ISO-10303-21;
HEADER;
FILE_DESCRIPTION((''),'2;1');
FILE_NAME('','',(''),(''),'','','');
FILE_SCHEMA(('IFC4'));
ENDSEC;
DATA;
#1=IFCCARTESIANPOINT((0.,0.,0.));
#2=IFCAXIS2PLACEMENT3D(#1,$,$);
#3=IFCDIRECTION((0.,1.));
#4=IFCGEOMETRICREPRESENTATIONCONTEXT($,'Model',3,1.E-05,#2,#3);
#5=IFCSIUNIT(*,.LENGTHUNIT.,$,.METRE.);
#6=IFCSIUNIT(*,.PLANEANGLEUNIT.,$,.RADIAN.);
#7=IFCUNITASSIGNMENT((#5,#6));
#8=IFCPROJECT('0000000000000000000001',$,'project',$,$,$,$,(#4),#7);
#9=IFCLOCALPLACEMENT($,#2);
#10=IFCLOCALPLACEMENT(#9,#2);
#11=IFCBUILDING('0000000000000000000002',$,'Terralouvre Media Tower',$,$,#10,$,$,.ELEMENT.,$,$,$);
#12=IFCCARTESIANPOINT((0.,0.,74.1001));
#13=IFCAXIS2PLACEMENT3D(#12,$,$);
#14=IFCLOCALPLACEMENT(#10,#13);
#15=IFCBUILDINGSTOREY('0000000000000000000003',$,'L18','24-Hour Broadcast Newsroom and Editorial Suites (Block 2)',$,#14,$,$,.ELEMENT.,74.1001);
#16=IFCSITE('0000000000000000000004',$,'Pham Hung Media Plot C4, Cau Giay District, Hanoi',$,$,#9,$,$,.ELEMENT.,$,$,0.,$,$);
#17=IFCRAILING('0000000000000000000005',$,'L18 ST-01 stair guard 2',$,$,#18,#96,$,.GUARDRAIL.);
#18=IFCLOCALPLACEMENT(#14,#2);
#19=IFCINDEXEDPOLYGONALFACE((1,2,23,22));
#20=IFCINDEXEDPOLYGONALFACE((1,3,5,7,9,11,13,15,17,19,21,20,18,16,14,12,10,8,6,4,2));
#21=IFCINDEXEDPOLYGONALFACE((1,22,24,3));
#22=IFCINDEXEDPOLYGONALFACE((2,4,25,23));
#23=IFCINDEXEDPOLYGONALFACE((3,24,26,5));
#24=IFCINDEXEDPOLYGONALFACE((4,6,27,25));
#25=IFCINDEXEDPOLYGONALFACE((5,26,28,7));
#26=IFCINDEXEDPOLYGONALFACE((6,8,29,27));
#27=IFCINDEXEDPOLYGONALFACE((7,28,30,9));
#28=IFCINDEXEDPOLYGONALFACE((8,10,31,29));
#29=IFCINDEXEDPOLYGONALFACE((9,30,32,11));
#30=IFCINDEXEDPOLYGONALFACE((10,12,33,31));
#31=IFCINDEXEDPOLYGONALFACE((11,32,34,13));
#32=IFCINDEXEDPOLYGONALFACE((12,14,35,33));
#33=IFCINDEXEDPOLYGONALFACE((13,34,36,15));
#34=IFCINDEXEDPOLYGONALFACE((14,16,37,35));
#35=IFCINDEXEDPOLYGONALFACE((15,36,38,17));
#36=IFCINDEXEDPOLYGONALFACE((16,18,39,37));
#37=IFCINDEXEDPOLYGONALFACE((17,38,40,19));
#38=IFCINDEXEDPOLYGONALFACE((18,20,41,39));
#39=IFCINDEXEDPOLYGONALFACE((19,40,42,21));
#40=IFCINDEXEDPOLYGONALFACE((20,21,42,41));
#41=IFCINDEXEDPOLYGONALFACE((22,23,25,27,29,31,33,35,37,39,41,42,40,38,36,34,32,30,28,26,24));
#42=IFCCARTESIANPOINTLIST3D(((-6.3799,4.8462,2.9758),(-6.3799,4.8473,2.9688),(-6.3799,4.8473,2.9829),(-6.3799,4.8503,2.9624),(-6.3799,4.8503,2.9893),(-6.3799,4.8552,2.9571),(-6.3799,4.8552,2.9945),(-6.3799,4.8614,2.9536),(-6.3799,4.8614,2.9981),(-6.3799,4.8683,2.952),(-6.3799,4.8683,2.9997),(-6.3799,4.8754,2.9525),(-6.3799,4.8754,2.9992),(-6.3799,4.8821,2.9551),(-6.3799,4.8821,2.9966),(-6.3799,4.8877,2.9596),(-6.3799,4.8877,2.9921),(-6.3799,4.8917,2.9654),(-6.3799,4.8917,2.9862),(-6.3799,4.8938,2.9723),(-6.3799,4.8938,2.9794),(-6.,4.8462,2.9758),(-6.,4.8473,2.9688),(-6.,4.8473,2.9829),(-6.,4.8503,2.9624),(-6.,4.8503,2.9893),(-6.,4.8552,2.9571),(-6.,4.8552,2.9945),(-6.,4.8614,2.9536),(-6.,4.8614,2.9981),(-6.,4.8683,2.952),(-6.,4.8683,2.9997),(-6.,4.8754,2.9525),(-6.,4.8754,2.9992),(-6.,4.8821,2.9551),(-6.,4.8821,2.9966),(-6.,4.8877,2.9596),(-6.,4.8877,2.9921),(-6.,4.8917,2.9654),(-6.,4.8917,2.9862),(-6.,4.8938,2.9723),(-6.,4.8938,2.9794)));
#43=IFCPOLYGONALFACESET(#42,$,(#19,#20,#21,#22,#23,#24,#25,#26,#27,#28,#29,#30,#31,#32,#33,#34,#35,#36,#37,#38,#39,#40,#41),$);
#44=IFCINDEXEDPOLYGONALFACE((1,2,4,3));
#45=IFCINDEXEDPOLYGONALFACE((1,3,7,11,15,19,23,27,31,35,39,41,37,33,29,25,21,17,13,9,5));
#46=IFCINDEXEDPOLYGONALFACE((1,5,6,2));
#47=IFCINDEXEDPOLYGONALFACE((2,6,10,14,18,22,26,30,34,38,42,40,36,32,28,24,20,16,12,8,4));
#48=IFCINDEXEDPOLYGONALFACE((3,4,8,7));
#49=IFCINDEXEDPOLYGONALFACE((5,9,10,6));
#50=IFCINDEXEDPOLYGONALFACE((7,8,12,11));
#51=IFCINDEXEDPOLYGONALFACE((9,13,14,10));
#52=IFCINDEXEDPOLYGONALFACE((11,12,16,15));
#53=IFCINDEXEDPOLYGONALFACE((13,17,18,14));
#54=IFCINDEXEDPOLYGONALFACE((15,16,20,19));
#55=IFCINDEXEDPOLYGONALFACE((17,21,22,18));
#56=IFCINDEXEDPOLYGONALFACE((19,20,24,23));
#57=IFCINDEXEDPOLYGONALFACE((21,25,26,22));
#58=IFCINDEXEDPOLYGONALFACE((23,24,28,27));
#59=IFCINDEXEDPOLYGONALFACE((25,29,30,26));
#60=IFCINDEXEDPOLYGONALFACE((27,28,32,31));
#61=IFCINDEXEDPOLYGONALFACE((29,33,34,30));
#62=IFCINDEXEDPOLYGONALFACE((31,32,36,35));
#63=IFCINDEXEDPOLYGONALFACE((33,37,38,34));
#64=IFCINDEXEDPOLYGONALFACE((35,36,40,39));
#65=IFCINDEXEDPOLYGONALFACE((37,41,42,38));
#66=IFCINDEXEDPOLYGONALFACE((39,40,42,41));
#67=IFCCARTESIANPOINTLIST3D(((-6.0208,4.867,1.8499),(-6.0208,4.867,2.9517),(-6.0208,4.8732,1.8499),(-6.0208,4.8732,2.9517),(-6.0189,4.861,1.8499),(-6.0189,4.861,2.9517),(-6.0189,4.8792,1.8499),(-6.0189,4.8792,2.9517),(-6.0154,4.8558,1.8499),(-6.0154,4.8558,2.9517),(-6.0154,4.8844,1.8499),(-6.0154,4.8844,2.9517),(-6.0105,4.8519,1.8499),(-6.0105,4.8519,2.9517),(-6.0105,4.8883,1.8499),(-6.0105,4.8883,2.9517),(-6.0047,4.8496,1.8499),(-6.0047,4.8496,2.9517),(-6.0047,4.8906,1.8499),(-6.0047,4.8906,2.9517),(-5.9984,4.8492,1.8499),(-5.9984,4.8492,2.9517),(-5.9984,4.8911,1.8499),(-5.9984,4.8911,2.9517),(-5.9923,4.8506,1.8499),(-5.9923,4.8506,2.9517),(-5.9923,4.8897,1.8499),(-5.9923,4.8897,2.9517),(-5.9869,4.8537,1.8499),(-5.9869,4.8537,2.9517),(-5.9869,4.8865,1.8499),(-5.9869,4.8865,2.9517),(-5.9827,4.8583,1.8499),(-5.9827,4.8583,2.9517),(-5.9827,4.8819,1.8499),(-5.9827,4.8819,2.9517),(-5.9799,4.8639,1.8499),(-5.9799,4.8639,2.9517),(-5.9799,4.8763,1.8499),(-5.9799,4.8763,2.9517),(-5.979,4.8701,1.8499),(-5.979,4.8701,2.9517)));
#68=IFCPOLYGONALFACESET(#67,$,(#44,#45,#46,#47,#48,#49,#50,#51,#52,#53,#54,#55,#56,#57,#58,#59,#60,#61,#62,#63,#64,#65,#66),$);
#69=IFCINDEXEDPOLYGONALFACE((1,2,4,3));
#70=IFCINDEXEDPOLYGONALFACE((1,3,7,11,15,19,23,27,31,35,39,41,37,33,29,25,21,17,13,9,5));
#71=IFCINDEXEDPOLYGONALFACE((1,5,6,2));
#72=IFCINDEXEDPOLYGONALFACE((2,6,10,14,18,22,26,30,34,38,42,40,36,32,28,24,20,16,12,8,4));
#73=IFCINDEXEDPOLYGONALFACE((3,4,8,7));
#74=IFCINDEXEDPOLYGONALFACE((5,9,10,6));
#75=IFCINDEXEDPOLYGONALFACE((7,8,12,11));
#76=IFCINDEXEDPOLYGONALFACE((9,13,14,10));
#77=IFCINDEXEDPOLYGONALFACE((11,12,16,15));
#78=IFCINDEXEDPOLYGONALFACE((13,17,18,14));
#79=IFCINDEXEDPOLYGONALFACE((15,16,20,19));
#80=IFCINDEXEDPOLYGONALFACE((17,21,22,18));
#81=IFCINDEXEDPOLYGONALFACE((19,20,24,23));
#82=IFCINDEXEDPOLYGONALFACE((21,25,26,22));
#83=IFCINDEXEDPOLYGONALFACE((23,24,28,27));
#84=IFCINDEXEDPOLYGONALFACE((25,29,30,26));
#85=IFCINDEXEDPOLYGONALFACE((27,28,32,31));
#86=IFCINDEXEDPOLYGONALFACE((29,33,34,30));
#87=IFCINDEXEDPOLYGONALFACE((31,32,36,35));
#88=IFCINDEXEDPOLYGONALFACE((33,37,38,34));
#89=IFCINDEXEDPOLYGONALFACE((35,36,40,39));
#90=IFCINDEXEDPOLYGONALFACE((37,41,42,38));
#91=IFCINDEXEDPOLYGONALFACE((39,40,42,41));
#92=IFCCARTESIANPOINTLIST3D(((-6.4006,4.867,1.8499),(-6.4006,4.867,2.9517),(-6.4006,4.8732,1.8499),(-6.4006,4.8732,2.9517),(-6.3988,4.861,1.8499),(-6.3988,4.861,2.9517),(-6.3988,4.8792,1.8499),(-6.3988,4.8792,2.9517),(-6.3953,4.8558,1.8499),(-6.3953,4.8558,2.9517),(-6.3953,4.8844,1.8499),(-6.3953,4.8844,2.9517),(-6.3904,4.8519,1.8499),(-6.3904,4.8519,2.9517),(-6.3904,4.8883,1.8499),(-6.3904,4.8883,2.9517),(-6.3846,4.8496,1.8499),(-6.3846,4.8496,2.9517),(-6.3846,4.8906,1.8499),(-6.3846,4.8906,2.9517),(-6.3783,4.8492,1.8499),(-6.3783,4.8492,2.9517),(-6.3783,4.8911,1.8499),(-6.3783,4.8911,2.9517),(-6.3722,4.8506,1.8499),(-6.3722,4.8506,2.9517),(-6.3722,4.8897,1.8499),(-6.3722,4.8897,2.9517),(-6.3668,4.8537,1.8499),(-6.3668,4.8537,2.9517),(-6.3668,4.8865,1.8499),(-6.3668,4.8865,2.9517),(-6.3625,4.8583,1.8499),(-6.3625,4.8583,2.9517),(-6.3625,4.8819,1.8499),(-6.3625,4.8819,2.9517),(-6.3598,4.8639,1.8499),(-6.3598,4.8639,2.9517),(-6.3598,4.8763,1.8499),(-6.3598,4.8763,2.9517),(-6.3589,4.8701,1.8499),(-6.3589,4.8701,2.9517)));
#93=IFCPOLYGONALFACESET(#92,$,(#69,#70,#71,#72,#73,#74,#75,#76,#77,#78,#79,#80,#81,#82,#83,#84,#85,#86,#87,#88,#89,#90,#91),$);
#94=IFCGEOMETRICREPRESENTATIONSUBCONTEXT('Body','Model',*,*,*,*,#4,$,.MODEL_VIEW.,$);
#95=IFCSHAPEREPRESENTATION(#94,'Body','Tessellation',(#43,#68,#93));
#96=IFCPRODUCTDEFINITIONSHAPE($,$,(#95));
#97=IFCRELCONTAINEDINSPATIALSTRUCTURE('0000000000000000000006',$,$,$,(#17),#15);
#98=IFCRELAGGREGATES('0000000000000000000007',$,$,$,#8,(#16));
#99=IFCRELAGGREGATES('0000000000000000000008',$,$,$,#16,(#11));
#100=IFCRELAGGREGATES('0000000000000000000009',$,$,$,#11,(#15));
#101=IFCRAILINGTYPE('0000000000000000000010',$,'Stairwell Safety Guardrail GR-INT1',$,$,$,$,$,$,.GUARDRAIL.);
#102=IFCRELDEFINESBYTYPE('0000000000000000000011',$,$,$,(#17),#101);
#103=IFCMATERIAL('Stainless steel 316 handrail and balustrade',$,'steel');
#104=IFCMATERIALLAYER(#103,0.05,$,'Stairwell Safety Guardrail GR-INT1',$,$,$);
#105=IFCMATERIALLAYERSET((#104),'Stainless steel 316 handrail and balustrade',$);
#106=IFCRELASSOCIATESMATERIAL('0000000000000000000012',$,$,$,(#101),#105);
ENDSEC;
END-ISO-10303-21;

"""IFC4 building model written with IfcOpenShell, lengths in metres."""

from ifc_helpers import new_model, si_unit, direction, frame, origin, origin_2d, place, context, subcontext, project, spatial, circle, extrude, material, layer, layer_set, type_object, element, save


model = new_model("IFC4")

# Units and contexts
model_context = context("Model", 3, precision=1e-05, world=origin(), true_north=direction((0.0, 1.0)))
body_context = subcontext(model_context, "Body", "Model", "MODEL_VIEW")
ifc_project = project(units=[si_unit("LENGTHUNIT", "METRE"), si_unit("PLANEANGLEUNIT", "RADIAN")], contexts=[model_context])

# Site, building, storey
site_placement = place(None, origin())
site = spatial("IfcSite", under=ifc_project, at=site_placement, Name="Pham Hung Media Plot C4, Cau Giay District, Hanoi", CompositionType="ELEMENT", RefElevation=0.0)
building_placement = place(site_placement, origin())
building = spatial("IfcBuilding", under=site, at=building_placement, Name="Terralouvre Media Tower", CompositionType="ELEMENT")
storey_placement = place(building_placement, frame((0.0, 0.0, 74.1001)))
storey = spatial("IfcBuildingStorey", under=building, at=storey_placement, Name="L18", Description="24-Hour Broadcast Newsroom and Editorial Suites (Block 2)", CompositionType="ELEMENT", Elevation=74.1001)

# Railing
ifc_material_1 = material(Name="Stainless steel 316 handrail and balustrade", Category="steel")
ifc_layer_1 = layer(ifc_material_1, 0.05, Name="Stairwell Safety Guardrail GR-INT1")
ifc_layer_set_1 = layer_set([ifc_layer_1], Name="Stainless steel 316 handrail and balustrade")
railing_type_1 = type_object("IfcRailingType", Name="Stairwell Safety Guardrail GR-INT1", PredefinedType="GUARDRAIL", material=ifc_layer_set_1)
railing_1_placement = place(storey_placement, frame((-6.0, 4.8701, 1.8499)))
element("IfcRailing", 1, at=railing_1_placement, inside=storey, type_object=railing_type_1, Name="L18 ST-01 stair guard 2", PredefinedType="GUARDRAIL", context=body_context, shape_type="SweptSolid", body=[
    extrude(circle(Radius=0.0239, at=origin_2d()), frame((0.0, 0.0, 1.126), z_axis=(-1.0, 0.0, 0.0), x_axis=(0.0, -1.0, 0.0)), (0.0, 0.0, 1.0), 0.3799),
    extrude(circle(Radius=0.021, at=origin_2d()), origin(), (0.0, 0.0, 1.0), 1.1018),
    extrude(circle(Radius=0.021, at=origin_2d()), frame((-0.3799, 0.0, 0.0)), (0.0, 0.0, 1.0), 1.1018),
])

save(model, "model.ifc")
